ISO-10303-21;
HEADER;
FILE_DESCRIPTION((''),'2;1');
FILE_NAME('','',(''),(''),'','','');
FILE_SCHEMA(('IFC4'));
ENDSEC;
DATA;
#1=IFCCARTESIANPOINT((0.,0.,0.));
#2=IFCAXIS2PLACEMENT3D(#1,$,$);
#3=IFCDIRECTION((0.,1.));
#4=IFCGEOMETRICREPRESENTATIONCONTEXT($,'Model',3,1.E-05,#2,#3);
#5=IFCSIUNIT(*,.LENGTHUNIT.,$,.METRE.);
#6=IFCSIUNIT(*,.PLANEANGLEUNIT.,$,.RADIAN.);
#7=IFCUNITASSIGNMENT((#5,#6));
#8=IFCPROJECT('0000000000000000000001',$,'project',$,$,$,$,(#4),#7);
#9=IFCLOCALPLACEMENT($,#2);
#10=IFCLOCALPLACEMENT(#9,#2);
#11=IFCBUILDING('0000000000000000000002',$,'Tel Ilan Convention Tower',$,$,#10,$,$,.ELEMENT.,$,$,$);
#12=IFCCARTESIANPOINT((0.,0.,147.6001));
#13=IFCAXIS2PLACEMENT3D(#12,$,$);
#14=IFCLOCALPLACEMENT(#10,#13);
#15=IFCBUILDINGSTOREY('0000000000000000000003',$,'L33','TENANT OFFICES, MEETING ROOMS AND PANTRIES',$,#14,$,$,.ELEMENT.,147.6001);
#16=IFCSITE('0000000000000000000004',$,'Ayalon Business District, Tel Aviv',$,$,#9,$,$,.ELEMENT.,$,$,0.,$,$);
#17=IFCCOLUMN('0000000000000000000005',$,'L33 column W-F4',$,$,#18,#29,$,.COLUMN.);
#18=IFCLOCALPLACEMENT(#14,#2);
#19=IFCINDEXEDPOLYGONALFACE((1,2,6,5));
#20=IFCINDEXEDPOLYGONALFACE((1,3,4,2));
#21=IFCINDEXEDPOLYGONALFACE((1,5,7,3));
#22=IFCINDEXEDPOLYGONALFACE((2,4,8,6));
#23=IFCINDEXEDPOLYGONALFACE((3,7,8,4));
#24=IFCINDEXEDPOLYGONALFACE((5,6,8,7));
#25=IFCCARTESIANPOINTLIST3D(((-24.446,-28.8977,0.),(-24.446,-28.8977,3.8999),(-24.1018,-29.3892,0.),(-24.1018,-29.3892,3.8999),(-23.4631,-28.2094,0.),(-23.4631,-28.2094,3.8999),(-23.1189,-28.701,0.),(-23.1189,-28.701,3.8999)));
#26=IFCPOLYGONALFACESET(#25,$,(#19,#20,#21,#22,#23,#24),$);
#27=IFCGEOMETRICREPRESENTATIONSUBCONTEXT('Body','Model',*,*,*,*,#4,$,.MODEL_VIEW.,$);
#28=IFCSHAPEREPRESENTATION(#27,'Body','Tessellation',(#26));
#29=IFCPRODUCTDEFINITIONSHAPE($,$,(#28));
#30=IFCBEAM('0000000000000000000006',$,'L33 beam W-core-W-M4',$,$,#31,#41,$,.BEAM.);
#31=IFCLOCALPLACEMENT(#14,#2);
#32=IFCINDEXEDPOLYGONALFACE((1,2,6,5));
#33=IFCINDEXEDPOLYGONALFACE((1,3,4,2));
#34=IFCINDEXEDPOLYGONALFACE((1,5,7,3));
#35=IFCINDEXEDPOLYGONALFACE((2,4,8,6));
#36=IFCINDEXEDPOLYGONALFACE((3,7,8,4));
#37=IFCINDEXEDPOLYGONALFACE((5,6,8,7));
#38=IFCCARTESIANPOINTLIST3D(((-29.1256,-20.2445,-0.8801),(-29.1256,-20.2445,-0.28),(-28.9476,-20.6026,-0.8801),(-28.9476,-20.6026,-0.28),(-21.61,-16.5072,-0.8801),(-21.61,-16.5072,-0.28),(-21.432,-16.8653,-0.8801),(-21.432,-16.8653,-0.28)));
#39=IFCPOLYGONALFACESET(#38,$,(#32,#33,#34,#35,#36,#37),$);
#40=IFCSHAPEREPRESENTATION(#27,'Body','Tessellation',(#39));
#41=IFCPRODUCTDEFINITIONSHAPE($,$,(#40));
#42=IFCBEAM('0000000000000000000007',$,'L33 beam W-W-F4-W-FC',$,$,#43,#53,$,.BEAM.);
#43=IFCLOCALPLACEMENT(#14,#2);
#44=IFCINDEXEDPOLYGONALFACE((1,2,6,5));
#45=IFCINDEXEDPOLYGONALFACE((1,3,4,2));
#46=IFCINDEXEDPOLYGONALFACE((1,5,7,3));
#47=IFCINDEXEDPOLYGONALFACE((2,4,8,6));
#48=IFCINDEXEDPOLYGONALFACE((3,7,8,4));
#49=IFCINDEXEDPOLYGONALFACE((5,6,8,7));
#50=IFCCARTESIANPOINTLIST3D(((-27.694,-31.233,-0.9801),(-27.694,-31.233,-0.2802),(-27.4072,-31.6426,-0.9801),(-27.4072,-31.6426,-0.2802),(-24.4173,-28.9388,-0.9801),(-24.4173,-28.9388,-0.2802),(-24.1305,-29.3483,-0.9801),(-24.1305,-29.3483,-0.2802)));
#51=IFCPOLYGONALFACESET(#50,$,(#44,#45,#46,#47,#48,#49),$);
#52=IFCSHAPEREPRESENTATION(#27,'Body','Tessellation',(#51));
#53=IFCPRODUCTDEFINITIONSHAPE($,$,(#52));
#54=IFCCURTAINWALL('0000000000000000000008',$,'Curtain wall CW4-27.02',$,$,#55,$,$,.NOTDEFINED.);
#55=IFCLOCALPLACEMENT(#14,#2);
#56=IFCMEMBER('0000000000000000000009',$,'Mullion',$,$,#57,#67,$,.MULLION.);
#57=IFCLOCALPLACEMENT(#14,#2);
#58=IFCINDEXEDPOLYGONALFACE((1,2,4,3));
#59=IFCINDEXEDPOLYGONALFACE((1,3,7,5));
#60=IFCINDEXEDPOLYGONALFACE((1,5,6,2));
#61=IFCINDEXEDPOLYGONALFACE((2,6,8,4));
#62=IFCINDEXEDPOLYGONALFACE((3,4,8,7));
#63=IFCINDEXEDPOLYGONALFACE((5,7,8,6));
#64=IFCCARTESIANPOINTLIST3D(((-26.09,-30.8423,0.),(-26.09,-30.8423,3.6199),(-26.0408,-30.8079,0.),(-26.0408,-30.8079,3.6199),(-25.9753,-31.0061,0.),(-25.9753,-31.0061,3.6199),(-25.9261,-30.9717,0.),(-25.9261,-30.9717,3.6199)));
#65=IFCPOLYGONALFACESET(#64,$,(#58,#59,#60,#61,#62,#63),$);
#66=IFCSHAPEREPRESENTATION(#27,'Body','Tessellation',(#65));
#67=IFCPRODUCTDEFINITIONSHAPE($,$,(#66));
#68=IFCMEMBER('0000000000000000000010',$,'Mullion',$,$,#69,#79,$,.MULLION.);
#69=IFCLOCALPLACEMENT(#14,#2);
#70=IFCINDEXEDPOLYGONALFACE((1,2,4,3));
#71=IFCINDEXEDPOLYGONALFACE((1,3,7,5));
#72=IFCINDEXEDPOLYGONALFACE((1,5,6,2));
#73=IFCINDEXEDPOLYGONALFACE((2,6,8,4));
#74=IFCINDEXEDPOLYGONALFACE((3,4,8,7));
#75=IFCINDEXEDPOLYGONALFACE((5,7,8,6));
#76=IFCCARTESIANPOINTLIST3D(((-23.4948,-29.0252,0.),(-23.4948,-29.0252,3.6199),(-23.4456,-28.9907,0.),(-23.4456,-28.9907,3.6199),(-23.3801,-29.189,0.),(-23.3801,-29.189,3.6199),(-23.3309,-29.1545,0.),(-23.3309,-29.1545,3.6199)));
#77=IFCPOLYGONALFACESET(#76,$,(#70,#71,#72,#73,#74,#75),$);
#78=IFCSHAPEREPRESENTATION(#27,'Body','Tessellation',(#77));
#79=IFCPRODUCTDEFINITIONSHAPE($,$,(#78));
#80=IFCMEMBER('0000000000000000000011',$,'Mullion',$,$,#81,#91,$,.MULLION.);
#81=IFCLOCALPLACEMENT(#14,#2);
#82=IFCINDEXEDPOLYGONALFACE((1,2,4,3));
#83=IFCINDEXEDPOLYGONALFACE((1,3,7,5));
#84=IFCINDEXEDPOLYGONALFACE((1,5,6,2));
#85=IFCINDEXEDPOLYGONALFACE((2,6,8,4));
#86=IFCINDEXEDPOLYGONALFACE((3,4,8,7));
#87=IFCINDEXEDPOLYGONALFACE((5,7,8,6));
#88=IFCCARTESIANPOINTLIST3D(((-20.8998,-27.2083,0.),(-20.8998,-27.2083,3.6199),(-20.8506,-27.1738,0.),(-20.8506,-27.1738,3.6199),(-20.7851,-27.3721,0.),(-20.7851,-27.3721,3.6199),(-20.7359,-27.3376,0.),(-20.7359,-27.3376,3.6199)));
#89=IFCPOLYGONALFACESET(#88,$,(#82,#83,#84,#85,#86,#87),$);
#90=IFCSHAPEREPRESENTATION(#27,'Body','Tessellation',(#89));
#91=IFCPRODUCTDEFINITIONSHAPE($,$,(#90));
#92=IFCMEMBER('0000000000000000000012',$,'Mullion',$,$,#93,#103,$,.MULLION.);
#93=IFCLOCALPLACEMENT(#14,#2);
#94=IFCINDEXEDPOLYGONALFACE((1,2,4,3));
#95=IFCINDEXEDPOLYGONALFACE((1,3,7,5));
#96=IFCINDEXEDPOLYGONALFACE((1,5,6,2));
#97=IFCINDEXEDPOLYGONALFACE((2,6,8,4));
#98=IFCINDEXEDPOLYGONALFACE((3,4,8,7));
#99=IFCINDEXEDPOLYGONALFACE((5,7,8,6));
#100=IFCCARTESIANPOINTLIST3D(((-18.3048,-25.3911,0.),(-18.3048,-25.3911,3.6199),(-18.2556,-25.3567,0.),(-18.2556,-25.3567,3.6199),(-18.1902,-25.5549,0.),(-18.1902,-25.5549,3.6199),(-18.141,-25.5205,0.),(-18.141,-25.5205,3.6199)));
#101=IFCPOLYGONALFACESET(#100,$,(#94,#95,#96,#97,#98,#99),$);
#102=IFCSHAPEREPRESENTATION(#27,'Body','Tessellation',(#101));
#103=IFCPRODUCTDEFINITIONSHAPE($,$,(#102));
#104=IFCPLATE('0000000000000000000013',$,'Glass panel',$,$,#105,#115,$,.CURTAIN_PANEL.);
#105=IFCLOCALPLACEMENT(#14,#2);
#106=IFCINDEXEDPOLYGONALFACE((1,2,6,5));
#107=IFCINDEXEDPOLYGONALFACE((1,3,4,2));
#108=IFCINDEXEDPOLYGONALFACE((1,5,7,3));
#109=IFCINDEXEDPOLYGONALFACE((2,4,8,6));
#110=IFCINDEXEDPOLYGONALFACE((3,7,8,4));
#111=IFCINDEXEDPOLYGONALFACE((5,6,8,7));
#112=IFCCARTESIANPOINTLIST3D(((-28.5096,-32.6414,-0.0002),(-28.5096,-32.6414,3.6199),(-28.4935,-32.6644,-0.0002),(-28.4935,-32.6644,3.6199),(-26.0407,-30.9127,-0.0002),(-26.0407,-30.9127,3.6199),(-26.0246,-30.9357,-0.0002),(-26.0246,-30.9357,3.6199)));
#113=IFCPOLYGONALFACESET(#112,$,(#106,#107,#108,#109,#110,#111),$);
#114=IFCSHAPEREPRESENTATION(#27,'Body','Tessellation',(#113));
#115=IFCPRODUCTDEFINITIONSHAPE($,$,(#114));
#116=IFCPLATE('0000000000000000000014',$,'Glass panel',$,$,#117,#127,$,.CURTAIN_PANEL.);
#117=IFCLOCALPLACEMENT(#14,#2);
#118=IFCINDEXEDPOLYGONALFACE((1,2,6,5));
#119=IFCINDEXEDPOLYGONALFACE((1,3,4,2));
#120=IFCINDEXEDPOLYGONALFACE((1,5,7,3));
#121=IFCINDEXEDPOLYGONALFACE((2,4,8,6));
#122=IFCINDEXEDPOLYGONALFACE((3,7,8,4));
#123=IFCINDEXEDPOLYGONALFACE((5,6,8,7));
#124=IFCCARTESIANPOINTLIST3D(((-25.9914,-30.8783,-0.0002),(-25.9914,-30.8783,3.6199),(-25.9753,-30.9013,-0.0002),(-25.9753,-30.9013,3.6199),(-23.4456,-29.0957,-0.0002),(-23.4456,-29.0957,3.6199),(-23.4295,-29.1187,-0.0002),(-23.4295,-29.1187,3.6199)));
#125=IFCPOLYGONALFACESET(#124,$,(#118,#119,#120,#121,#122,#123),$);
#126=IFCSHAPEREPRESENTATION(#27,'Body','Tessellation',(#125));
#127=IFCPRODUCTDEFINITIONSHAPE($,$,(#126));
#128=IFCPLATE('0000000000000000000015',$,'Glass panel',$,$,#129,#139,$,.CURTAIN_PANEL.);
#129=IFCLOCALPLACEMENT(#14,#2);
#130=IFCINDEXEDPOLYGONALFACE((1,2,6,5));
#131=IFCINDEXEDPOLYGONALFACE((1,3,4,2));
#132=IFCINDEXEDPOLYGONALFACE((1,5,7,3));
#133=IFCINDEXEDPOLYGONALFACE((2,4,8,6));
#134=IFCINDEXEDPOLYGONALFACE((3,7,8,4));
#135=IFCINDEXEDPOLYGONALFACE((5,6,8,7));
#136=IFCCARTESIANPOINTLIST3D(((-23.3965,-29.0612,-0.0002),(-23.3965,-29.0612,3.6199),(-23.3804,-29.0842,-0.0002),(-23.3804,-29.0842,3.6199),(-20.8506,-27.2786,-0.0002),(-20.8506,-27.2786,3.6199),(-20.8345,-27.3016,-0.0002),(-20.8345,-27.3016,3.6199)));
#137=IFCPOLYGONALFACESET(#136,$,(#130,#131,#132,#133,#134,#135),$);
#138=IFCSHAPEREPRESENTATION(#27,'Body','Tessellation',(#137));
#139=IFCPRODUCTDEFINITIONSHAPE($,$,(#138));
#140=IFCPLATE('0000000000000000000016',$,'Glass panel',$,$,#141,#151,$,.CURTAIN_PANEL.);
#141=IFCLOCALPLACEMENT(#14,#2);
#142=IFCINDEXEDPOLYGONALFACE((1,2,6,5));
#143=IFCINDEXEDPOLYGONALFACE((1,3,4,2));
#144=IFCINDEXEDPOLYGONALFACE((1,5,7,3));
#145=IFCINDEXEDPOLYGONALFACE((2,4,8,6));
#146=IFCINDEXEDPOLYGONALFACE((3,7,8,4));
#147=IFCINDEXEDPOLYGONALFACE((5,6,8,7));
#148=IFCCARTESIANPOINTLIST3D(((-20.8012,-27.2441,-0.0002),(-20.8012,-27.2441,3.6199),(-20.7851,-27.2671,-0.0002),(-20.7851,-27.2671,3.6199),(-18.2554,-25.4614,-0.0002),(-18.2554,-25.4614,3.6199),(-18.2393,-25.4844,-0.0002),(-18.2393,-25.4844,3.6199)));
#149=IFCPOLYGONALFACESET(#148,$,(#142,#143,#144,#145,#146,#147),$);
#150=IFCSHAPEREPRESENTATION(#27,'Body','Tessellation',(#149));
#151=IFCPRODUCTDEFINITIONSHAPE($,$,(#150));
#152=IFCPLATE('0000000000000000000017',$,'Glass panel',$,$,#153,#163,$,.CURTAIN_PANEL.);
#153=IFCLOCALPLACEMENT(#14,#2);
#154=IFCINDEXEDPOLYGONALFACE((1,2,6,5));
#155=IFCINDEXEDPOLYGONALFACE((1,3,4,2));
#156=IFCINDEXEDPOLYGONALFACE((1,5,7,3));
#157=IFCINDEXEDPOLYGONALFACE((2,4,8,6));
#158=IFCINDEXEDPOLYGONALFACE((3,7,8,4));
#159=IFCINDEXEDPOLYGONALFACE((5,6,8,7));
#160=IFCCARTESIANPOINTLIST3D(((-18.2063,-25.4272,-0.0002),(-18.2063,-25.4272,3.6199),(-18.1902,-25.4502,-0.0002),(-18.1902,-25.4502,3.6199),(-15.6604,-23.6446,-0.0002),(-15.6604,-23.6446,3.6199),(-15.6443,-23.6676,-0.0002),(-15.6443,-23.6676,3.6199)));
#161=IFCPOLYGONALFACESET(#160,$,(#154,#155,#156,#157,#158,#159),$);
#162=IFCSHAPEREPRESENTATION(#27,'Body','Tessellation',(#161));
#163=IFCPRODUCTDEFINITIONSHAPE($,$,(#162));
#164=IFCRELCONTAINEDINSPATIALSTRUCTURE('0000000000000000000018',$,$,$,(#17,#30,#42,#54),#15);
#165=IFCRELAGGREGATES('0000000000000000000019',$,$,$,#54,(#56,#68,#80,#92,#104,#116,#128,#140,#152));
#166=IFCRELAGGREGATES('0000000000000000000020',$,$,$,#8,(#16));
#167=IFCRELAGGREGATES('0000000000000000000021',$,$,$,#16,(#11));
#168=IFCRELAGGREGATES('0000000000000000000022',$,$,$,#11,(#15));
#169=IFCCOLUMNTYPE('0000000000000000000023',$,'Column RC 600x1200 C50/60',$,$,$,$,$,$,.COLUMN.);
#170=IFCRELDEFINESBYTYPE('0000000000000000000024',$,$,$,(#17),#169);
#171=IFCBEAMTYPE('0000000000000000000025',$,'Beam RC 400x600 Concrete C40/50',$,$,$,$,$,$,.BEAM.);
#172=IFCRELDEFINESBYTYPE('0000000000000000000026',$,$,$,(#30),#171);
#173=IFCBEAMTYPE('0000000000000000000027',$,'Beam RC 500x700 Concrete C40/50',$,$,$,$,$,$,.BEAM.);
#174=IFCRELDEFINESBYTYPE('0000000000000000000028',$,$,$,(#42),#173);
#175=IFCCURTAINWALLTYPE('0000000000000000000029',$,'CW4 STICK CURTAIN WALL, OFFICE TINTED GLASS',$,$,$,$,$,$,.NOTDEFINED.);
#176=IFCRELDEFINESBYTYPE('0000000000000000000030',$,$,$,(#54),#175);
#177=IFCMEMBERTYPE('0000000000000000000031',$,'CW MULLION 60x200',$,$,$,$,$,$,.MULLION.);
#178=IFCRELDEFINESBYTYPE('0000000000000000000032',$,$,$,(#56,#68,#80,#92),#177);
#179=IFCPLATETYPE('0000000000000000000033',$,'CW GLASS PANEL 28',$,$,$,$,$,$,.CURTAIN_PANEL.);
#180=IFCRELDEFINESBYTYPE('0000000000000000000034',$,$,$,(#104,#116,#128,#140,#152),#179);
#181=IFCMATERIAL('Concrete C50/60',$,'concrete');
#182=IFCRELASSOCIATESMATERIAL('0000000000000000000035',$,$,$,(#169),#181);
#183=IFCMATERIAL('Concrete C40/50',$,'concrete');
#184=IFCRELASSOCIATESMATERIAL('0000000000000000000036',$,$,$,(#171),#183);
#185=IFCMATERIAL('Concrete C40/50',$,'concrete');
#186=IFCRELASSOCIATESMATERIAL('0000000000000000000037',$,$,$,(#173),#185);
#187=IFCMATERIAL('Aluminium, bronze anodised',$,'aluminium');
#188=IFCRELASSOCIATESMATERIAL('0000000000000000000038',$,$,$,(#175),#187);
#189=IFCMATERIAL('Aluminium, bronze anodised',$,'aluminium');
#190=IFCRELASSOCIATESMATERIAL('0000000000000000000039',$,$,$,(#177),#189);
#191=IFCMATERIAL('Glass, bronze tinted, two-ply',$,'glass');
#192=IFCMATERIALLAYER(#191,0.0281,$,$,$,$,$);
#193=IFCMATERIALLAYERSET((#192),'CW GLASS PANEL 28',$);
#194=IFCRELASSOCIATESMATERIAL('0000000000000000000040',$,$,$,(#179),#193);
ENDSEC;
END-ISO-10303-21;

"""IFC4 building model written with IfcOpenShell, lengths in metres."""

from ifc_helpers import new_model, si_unit, direction, frame, origin, origin_2d, place, context, subcontext, project, spatial, rectangle, extrude, material, layer, layer_set, material_profile, profile_set, type_object, element, aggregate, save


model = new_model("IFC4")

# Units and contexts
model_context = context("Model", 3, precision=1e-05, world=origin(), true_north=direction((0.0, 1.0)))
body_context = subcontext(model_context, "Body", "Model", "MODEL_VIEW")
ifc_project = project(units=[si_unit("LENGTHUNIT", "METRE"), si_unit("PLANEANGLEUNIT", "RADIAN")], contexts=[model_context])

# Site, building, storey
site_placement = place(None, origin())
site = spatial("IfcSite", under=ifc_project, at=site_placement, Name="Ayalon Business District, Tel Aviv", CompositionType="ELEMENT", RefElevation=0.0)
building_placement = place(site_placement, origin())
building = spatial("IfcBuilding", under=site, at=building_placement, Name="Tel Ilan Convention Tower", CompositionType="ELEMENT")
storey_placement = place(building_placement, frame((0.0, 0.0, 147.6001)))
storey = spatial("IfcBuildingStorey", under=building, at=storey_placement, Name="L33", Description="TENANT OFFICES, MEETING ROOMS AND PANTRIES", CompositionType="ELEMENT", Elevation=147.6001)

# Column
ifc_material_1 = material(Name="Concrete C50/60", Category="concrete")
ifc_material_profile_1 = material_profile(ifc_material_1, rectangle(XDim=1.2, YDim=0.6001, at=origin_2d()), Name="RC 600x1200")
ifc_profile_set_1 = profile_set([ifc_material_profile_1], Name="Concrete C50/60")
column_type = type_object("IfcColumnType", Name="Column RC 600x1200 C50/60", PredefinedType="COLUMN", material=ifc_profile_set_1)
column_placement = place(storey_placement, frame((-23.7825, -28.7993, 0.0), z_axis=(0.0, 0.0, 1.0), x_axis=(-0.819152, -0.573576, 0.0)))
element("IfcColumn", 1, at=column_placement, inside=storey, type_object=column_type, Name="L33 column W-F4", PredefinedType="COLUMN", context=body_context, shape_type="SweptSolid", body=[
    extrude(rectangle(XDim=1.2, YDim=0.6001, at=origin_2d()), origin(), (0.0, 0.0, 1.0), 3.8999),
])

# Beams
ifc_material_2 = material(Name="Concrete C40/50", Category="concrete")
ifc_material_profile_2 = material_profile(ifc_material_2, rectangle(XDim=0.3999, YDim=0.6001, at=origin_2d()), Name="RC 400x600")
ifc_profile_set_2 = profile_set([ifc_material_profile_2], Name="Concrete C40/50")
beam_type_1 = type_object("IfcBeamType", Name="Beam RC 400x600 Concrete C40/50", PredefinedType="BEAM", material=ifc_profile_set_2)
beam_1_placement = place(storey_placement, frame((-21.521, -16.6863, -0.5801), z_axis=(-0.895402, -0.445258, 0.0), x_axis=(0.445258, -0.895402, 0.0)))
element("IfcBeam", 2, at=beam_1_placement, inside=storey, type_object=beam_type_1, Name="L33 beam W-core-W-M4", PredefinedType="BEAM", context=body_context, shape_type="SweptSolid", body=[
    extrude(rectangle(XDim=0.3999, YDim=0.6001, at=origin_2d()), origin(), (0.0, 0.0, 1.0), 8.3936),
])
ifc_material_3 = material(Name="Concrete C40/50", Category="concrete")
ifc_material_profile_3 = material_profile(ifc_material_3, rectangle(XDim=0.5, YDim=0.7, at=origin_2d()), Name="RC 500x700")
ifc_profile_set_3 = profile_set([ifc_material_profile_3], Name="Concrete C40/50")
beam_type_2 = type_object("IfcBeamType", Name="Beam RC 500x700 Concrete C40/50", PredefinedType="BEAM", material=ifc_profile_set_3)
beam_2_placement = place(storey_placement, frame((-24.2739, -29.1436, -0.6301), z_axis=(-0.819166, -0.573557, 0.0), x_axis=(0.573557, -0.819166, 0.0)))
element("IfcBeam", 3, at=beam_2_placement, inside=storey, type_object=beam_type_2, Name="L33 beam W-W-F4-W-FC", PredefinedType="BEAM", context=body_context, shape_type="SweptSolid", body=[
    extrude(rectangle(XDim=0.5, YDim=0.7, at=origin_2d()), origin(), (0.0, 0.0, 1.0), 4.0),
])

# Curtain wall, members, plates
ifc_material_4 = material(Name="Aluminium, bronze anodised", Category="aluminium")
curtain_wall_type = type_object("IfcCurtainWallType", Name="CW4 STICK CURTAIN WALL, OFFICE TINTED GLASS", PredefinedType="NOTDEFINED", material=ifc_material_4)
curtain_wall_placement = place(storey_placement, origin())
curtain_wall = element("IfcCurtainWall", 4, at=curtain_wall_placement, inside=storey, type_object=curtain_wall_type, Name="Curtain wall CW4-27.02", PredefinedType="NOTDEFINED")
ifc_material_5 = material(Name="Aluminium, bronze anodised", Category="aluminium")
ifc_material_profile_4 = material_profile(ifc_material_5, rectangle(XDim=0.0601, YDim=0.2, at=origin_2d()), Name="CW MULLION 60x200")
ifc_profile_set_4 = profile_set([ifc_material_profile_4], Name="Aluminium, bronze anodised")
member_type = type_object("IfcMemberType", Name="CW MULLION 60x200", PredefinedType="MULLION", material=ifc_profile_set_4)
member_1_placement = place(storey_placement, frame((-26.0081, -30.907, 0.0), z_axis=(0.0, 0.0, 1.0), x_axis=(0.819152, 0.573576, 0.0)))
member_1 = element("IfcMember", 5, at=member_1_placement, type_object=member_type, Name="Mullion", PredefinedType="MULLION", context=body_context, shape_type="SweptSolid", body=[
    extrude(rectangle(XDim=0.0601, YDim=0.2, at=origin_2d()), origin(), (0.0, 0.0, 1.0), 3.6199),
])
member_2_placement = place(storey_placement, frame((-23.4128, -29.0898, 0.0), z_axis=(0.0, 0.0, 1.0), x_axis=(0.819152, 0.573576, 0.0)))
member_2 = element("IfcMember", 6, at=member_2_placement, type_object=member_type, Name="Mullion", PredefinedType="MULLION", context=body_context, shape_type="SweptSolid", body=[
    extrude(rectangle(XDim=0.0601, YDim=0.2, at=origin_2d()), origin(), (0.0, 0.0, 1.0), 3.6199),
])
member_3_placement = place(storey_placement, frame((-20.8179, -27.2729, 0.0), z_axis=(0.0, 0.0, 1.0), x_axis=(0.819152, 0.573576, 0.0)))
member_3 = element("IfcMember", 7, at=member_3_placement, type_object=member_type, Name="Mullion", PredefinedType="MULLION", context=body_context, shape_type="SweptSolid", body=[
    extrude(rectangle(XDim=0.0601, YDim=0.2, at=origin_2d()), origin(), (0.0, 0.0, 1.0), 3.6199),
])
member_4_placement = place(storey_placement, frame((-18.2229, -25.4558, 0.0), z_axis=(0.0, 0.0, 1.0), x_axis=(0.819152, 0.573576, 0.0)))
member_4 = element("IfcMember", 8, at=member_4_placement, type_object=member_type, Name="Mullion", PredefinedType="MULLION", context=body_context, shape_type="SweptSolid", body=[
    extrude(rectangle(XDim=0.0601, YDim=0.2, at=origin_2d()), origin(), (0.0, 0.0, 1.0), 3.6199),
])
ifc_material_6 = material(Name="Glass, bronze tinted, two-ply", Category="glass")
ifc_layer_1 = layer(ifc_material_6, 0.0281)
ifc_layer_set_1 = layer_set([ifc_layer_1], Name="CW GLASS PANEL 28")
plate_type = type_object("IfcPlateType", Name="CW GLASS PANEL 28", PredefinedType="CURTAIN_PANEL", material=ifc_layer_set_1)
plate_1_placement = place(storey_placement, frame((-27.2671, -31.7886, -0.0002), z_axis=(0.0, 0.0, 1.0), x_axis=(0.819152, 0.573576, 0.0)))
plate_1 = element("IfcPlate", 9, at=plate_1_placement, type_object=plate_type, Name="Glass panel", PredefinedType="CURTAIN_PANEL", context=body_context, shape_type="SweptSolid", body=[
    extrude(rectangle(XDim=3.0139, YDim=0.0281, at=origin_2d()), origin(), (0.0, 0.0, 1.0), 3.6201),
])
plate_2_placement = place(storey_placement, frame((-24.7104, -29.9985, -0.0002), z_axis=(0.0, 0.0, 1.0), x_axis=(0.819152, 0.573576, 0.0)))
plate_2 = element("IfcPlate", 10, at=plate_2_placement, type_object=plate_type, Name="Glass panel", PredefinedType="CURTAIN_PANEL", context=body_context, shape_type="SweptSolid", body=[
    extrude(rectangle(XDim=3.1079, YDim=0.0281, at=origin_2d()), origin(), (0.0, 0.0, 1.0), 3.6201),
])
plate_3_placement = place(storey_placement, frame((-22.1155, -28.1814, -0.0002), z_axis=(0.0, 0.0, 1.0), x_axis=(0.819152, 0.573576, 0.0)))
plate_3 = element("IfcPlate", 11, at=plate_3_placement, type_object=plate_type, Name="Glass panel", PredefinedType="CURTAIN_PANEL", context=body_context, shape_type="SweptSolid", body=[
    extrude(rectangle(XDim=3.1079, YDim=0.0281, at=origin_2d()), origin(), (0.0, 0.0, 1.0), 3.6201),
])
plate_4_placement = place(storey_placement, frame((-19.5203, -26.3643, -0.0002), z_axis=(0.0, 0.0, 1.0), x_axis=(0.819152, 0.573576, 0.0)))
plate_4 = element("IfcPlate", 12, at=plate_4_placement, type_object=plate_type, Name="Glass panel", PredefinedType="CURTAIN_PANEL", context=body_context, shape_type="SweptSolid", body=[
    extrude(rectangle(XDim=3.1079, YDim=0.0281, at=origin_2d()), origin(), (0.0, 0.0, 1.0), 3.6201),
])
plate_5_placement = place(storey_placement, frame((-16.9253, -24.5474, -0.0002), z_axis=(0.0, 0.0, 1.0), x_axis=(0.819152, 0.573576, 0.0)))
plate_5 = element("IfcPlate", 13, at=plate_5_placement, type_object=plate_type, Name="Glass panel", PredefinedType="CURTAIN_PANEL", context=body_context, shape_type="SweptSolid", body=[
    extrude(rectangle(XDim=3.1079, YDim=0.0281, at=origin_2d()), origin(), (0.0, 0.0, 1.0), 3.6201),
])
aggregate(curtain_wall, [member_1, member_2, member_3, member_4, plate_1, plate_2, plate_3, plate_4, plate_5])

save(model, "model.ifc")
